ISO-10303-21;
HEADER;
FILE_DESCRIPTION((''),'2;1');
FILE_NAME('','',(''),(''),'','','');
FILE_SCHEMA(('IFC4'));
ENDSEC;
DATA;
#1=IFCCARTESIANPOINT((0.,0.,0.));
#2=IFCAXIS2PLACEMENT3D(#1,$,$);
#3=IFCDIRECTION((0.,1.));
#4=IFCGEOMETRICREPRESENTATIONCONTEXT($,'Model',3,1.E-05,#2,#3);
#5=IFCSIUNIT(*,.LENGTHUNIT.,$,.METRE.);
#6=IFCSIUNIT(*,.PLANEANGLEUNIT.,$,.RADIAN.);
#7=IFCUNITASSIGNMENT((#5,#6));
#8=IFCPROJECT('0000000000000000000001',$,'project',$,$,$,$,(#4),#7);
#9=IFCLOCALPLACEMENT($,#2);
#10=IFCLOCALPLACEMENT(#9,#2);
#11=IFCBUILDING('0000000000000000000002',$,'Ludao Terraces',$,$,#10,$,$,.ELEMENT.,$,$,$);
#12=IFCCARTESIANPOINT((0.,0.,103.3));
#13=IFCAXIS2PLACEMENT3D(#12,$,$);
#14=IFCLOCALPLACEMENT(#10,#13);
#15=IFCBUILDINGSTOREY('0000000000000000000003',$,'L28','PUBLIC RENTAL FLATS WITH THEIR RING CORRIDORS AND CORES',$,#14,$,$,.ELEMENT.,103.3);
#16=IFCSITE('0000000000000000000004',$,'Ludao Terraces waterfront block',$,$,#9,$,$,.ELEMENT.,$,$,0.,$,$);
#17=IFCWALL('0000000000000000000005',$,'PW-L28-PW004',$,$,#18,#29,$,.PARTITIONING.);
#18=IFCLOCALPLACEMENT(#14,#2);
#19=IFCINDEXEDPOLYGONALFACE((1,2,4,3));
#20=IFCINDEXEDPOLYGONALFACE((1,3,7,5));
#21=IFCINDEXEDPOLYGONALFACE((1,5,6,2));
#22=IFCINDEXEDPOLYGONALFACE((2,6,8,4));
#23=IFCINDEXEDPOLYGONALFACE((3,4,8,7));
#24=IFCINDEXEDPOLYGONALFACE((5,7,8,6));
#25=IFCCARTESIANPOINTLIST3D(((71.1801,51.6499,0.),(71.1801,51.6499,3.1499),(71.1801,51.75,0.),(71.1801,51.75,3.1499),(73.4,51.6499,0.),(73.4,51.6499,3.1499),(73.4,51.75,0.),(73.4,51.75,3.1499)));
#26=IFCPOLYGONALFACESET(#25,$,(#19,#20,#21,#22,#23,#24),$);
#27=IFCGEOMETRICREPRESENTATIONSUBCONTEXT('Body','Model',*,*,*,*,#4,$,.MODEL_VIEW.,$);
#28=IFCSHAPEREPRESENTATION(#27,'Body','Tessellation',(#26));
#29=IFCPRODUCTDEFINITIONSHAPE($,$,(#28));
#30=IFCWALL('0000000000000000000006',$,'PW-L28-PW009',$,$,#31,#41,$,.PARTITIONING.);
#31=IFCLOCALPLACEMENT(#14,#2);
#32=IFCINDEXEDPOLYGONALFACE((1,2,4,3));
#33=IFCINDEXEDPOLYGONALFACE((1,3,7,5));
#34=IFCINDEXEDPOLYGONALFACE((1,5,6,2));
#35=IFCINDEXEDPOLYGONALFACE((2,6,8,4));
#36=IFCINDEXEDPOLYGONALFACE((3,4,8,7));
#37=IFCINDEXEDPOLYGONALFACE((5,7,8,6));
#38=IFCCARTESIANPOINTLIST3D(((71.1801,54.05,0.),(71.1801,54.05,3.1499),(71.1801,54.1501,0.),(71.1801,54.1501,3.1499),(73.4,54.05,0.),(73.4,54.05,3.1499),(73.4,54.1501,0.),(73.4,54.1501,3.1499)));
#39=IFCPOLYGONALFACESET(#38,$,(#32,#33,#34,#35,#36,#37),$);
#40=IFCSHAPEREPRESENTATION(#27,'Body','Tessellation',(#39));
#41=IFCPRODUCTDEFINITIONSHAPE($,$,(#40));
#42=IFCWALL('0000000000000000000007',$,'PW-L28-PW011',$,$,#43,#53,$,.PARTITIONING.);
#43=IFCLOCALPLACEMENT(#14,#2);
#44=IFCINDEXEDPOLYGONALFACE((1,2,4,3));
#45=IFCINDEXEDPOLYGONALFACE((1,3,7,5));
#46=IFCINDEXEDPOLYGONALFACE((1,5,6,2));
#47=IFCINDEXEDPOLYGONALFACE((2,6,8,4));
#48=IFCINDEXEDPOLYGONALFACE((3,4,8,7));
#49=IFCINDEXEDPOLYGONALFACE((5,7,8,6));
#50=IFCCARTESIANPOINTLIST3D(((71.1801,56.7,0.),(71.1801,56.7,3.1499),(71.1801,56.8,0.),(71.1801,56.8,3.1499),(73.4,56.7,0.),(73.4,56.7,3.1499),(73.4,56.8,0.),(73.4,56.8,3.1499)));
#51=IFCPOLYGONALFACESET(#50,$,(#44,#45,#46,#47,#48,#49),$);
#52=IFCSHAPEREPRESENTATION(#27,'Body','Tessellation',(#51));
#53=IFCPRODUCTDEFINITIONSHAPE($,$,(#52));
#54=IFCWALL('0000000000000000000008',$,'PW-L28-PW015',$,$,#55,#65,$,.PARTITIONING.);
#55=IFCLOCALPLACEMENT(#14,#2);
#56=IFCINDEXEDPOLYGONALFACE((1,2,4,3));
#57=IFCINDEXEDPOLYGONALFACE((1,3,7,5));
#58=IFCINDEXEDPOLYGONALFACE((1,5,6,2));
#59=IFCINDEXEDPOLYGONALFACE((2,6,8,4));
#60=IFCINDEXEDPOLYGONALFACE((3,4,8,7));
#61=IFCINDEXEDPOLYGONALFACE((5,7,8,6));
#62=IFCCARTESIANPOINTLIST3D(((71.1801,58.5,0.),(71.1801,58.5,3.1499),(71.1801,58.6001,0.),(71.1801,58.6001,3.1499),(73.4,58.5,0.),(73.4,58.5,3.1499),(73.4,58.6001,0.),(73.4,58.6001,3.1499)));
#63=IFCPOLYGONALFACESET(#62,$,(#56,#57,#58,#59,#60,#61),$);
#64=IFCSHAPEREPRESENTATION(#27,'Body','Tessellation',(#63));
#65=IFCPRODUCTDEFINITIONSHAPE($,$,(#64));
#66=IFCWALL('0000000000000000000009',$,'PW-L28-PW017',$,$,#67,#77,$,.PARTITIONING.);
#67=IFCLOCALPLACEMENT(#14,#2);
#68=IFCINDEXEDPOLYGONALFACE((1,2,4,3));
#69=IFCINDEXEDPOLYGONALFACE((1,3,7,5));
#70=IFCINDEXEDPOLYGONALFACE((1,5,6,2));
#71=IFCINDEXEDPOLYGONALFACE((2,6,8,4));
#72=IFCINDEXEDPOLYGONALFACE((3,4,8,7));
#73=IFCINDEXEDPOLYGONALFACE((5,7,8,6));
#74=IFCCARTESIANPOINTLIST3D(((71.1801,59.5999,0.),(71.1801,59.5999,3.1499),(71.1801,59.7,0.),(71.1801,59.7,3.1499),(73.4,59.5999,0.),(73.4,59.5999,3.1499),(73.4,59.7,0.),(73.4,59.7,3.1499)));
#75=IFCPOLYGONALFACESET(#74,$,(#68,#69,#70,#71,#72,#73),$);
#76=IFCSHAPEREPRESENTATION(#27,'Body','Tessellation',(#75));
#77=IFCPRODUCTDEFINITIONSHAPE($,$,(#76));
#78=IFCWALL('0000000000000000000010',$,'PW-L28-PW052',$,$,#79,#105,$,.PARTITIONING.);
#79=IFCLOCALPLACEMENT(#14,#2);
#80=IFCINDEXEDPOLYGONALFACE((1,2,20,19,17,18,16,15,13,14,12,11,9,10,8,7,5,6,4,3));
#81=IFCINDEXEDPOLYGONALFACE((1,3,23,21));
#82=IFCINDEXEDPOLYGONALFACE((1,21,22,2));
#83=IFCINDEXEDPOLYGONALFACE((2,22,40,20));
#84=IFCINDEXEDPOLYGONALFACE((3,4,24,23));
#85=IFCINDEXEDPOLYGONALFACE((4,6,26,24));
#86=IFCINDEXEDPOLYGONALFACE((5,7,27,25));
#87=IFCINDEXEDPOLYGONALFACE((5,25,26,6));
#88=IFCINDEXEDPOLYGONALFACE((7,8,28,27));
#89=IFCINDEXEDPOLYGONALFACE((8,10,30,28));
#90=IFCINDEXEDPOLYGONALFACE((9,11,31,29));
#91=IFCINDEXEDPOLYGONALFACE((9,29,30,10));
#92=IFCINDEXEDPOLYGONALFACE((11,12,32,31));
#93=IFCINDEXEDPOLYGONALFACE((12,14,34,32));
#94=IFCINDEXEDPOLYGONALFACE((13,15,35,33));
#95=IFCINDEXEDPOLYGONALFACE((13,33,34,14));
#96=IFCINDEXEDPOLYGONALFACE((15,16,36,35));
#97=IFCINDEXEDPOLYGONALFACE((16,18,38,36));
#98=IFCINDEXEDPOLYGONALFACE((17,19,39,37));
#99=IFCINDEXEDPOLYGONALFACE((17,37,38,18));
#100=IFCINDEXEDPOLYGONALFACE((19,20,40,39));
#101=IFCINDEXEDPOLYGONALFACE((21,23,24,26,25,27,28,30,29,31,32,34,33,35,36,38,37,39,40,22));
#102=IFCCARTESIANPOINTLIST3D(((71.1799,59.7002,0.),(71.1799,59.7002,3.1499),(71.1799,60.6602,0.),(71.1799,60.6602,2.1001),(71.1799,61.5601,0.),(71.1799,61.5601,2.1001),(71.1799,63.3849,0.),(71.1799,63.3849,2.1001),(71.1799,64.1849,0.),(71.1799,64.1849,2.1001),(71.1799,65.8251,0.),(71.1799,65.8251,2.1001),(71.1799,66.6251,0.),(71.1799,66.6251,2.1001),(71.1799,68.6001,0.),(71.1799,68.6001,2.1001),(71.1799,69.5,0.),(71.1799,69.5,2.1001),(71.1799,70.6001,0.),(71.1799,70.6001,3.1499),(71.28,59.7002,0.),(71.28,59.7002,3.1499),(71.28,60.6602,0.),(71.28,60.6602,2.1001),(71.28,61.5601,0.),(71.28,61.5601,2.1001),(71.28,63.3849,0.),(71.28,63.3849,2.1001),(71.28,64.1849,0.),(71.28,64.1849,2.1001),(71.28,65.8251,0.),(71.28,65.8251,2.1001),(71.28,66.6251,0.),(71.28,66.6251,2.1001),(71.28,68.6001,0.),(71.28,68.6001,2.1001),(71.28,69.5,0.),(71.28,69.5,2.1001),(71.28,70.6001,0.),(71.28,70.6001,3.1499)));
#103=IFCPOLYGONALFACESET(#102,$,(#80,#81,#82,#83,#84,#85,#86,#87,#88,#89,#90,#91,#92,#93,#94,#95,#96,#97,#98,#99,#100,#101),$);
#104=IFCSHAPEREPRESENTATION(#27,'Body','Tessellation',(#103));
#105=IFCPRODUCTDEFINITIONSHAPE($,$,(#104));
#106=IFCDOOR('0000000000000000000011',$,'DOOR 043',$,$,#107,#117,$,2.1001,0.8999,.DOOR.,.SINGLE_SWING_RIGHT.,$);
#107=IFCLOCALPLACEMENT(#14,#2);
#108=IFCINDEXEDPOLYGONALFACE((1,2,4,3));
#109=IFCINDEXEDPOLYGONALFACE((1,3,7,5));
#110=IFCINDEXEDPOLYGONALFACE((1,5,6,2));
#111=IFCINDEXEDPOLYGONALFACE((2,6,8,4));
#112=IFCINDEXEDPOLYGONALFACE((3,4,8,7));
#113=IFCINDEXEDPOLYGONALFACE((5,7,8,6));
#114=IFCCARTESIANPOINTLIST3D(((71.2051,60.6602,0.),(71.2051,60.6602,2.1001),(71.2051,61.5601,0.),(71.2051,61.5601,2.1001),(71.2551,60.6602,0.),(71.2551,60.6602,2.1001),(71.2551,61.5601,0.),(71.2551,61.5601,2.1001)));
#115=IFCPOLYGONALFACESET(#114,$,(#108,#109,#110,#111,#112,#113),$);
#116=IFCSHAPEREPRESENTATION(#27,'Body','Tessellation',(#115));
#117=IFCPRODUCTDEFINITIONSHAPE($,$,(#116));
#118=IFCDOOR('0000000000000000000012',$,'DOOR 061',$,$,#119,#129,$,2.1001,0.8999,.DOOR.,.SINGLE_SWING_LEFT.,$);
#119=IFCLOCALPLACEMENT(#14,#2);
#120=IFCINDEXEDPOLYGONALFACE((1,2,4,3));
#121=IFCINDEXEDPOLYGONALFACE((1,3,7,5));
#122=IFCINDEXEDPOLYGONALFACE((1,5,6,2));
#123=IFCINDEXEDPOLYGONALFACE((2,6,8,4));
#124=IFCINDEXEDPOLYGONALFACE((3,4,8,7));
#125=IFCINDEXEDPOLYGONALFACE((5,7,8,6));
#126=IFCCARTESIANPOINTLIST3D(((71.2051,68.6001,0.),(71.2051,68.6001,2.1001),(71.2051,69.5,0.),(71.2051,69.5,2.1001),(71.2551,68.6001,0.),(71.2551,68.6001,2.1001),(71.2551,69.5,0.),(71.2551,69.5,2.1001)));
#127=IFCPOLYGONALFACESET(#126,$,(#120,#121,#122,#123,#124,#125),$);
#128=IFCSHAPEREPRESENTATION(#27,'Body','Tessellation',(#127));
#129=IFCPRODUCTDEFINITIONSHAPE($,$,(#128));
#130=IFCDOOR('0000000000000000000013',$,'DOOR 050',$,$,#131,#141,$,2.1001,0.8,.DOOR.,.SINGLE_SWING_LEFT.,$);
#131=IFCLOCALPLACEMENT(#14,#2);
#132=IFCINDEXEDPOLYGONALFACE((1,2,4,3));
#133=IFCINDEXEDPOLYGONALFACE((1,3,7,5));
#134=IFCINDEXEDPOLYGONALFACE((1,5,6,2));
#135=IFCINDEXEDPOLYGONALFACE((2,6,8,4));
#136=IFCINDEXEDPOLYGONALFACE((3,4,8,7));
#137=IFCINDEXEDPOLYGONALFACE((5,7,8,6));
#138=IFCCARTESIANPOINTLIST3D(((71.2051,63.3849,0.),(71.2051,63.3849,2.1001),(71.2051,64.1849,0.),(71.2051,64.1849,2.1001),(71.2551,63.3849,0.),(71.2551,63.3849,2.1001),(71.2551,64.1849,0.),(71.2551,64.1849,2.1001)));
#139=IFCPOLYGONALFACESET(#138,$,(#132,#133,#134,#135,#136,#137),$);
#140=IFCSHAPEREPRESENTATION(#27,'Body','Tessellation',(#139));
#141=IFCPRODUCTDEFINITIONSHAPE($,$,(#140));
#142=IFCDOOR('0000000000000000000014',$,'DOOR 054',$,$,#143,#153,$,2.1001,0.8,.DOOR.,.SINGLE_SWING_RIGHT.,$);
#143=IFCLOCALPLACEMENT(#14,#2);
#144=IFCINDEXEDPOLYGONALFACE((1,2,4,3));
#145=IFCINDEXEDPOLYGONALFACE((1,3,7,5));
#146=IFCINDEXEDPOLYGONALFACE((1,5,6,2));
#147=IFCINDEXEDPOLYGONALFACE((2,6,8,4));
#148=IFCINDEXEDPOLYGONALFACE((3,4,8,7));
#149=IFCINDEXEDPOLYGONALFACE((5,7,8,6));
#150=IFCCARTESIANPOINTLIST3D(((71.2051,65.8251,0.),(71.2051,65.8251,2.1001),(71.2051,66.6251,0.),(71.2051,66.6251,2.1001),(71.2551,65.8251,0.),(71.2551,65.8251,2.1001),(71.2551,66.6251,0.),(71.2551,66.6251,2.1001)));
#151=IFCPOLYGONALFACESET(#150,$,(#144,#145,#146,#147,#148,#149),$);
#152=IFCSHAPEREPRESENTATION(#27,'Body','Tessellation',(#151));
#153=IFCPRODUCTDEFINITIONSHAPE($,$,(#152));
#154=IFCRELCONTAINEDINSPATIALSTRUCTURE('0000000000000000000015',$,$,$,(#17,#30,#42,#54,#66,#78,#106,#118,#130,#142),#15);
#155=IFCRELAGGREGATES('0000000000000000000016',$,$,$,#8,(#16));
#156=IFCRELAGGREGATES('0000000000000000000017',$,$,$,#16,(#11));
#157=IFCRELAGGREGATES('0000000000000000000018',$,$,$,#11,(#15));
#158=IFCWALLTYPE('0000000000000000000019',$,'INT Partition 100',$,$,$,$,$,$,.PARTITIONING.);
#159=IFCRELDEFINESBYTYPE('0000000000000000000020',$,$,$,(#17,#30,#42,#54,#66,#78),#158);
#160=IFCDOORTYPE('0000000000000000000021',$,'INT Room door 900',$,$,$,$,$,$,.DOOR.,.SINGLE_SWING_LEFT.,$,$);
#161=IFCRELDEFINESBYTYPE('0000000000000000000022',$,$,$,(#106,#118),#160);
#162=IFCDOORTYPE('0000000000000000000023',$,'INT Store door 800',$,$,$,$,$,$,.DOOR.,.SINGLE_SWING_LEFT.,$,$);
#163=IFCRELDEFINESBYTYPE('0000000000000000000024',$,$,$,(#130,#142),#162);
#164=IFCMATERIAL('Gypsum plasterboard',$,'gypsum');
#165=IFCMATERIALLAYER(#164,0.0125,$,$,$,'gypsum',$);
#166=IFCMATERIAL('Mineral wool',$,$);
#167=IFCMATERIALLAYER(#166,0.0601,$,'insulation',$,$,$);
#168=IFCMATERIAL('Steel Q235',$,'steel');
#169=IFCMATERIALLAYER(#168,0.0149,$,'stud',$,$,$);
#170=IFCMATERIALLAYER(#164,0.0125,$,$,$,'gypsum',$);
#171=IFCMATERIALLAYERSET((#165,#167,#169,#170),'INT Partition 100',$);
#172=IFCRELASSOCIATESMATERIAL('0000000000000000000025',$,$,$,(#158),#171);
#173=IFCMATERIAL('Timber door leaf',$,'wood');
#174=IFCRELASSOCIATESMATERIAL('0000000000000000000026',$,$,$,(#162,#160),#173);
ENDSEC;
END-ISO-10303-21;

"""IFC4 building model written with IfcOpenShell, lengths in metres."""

from ifc_helpers import new_model, si_unit, direction, frame, frame_2d, origin, place, context, subcontext, project, spatial, rectangle, extrude, material, layer, layer_set, type_object, element, fill, save


model = new_model("IFC4")

# Units and contexts
model_context = context("Model", 3, precision=1e-05, world=origin(), true_north=direction((0.0, 1.0)))
body_context = subcontext(model_context, "Body", "Model", "MODEL_VIEW")
ifc_project = project(units=[si_unit("LENGTHUNIT", "METRE"), si_unit("PLANEANGLEUNIT", "RADIAN")], contexts=[model_context])

# Site, building, storey
site_placement = place(None, origin())
site = spatial("IfcSite", under=ifc_project, at=site_placement, Name="Ludao Terraces waterfront block", CompositionType="ELEMENT", RefElevation=0.0)
building_placement = place(site_placement, origin())
building = spatial("IfcBuilding", under=site, at=building_placement, Name="Ludao Terraces", CompositionType="ELEMENT")
storey_placement = place(building_placement, frame((0.0, 0.0, 103.3)))
storey = spatial("IfcBuildingStorey", under=building, at=storey_placement, Name="L28", Description="PUBLIC RENTAL FLATS WITH THEIR RING CORRIDORS AND CORES", CompositionType="ELEMENT", Elevation=103.3)

# Shared definitions
ifc_material_1 = material(Name="Steel Q235", Category="steel")
ifc_material_2 = material(Name="Gypsum plasterboard", Category="gypsum")
ifc_layer_1 = layer(ifc_material_2, 0.0125, Category="gypsum")
ifc_material_3 = material(Name="Mineral wool")
ifc_layer_2 = layer(ifc_material_3, 0.0601, Name="insulation")
ifc_layer_3 = layer(ifc_material_1, 0.0149, Name="stud")
ifc_layer_4 = layer(ifc_material_2, 0.0125, Category="gypsum")
ifc_layer_set_1 = layer_set([ifc_layer_1, ifc_layer_2, ifc_layer_3, ifc_layer_4], Name="INT Partition 100")
wall_type_1 = type_object("IfcWallType", Name="INT Partition 100", PredefinedType="PARTITIONING", material=ifc_layer_set_1)
ifc_material_4 = material(Name="Timber door leaf", Category="wood")
door_type_1 = type_object("IfcDoorType", Name="INT Store door 800", OperationType="SINGLE_SWING_LEFT", PredefinedType="DOOR", material=ifc_material_4)

# Walls
for number, where, z_axis, x_axis, name in (
    (1, (71.1802, 51.7, 0.0), (0.0, 0.0, 1.0), (1.0, 0.0, 0.0), "PW-L28-PW004"),
    (2, (71.1802, 54.1001, 0.0), (0.0, 0.0, 1.0), (1.0, 0.0, 0.0), "PW-L28-PW009"),
    (3, (71.1802, 56.75, 0.0), (0.0, 0.0, 1.0), (1.0, 0.0, 0.0), "PW-L28-PW011"),
    (4, (71.1802, 58.55, 0.0), (0.0, 0.0, 1.0), (1.0, 0.0, 0.0), "PW-L28-PW015"),
    (5, (71.1802, 59.6499, 0.0), (0.0, 0.0, 1.0), (1.0, 0.0, 0.0), "PW-L28-PW017"),
):
    element("IfcWall", number, at=place(storey_placement, frame(where, z_axis=z_axis, x_axis=x_axis)), inside=storey, type_object=wall_type_1, Name=name, PredefinedType="PARTITIONING", context=body_context, shape_type="SweptSolid", body=[
        extrude(rectangle(XDim=2.22, YDim=0.1001, at=frame_2d((1.1099, 0.0))), origin(), (0.0, 0.0, 1.0), 3.1499),
    ])

# Wall, openings, doors
wall_1_placement = place(storey_placement, frame((71.23, 59.7002, 0.0), z_axis=(0.0, 0.0, 1.0), x_axis=(0.0, 1.0, 0.0)))
wall_1 = element("IfcWall", 6, at=wall_1_placement, inside=storey, type_object=wall_type_1, Name="PW-L28-PW052", PredefinedType="PARTITIONING", context=body_context, shape_type="SweptSolid", body=[
    extrude(rectangle(XDim=10.8999, YDim=0.1001, at=frame_2d((5.45, 0.0))), origin(), (0.0, 0.0, 1.0), 3.1499),
])
opening_1_placement = place(wall_1_placement, frame((0.96, 0.0, 0.0)))
opening_1 = element("IfcOpeningElement", 7, at=opening_1_placement, cuts=wall_1, PredefinedType="OPENING", context=body_context, shape_type="SweptSolid", body=[
    extrude(rectangle(XDim=0.8999, YDim=2.1001, at=frame_2d((0.45, 1.05))), frame((0.0, 0.0601, 0.0), z_axis=(0.0, -1.0, 0.0), x_axis=(1.0, 0.0, 0.0)), (0.0, 0.0, 1.0), 0.1201),
])
opening_2_placement = place(wall_1_placement, frame((3.6848, 0.0, 0.0)))
opening_2 = element("IfcOpeningElement", 8, at=opening_2_placement, cuts=wall_1, PredefinedType="OPENING", context=body_context, shape_type="SweptSolid", body=[
    extrude(rectangle(XDim=0.8, YDim=2.1001, at=frame_2d((0.3999, 1.05))), frame((0.0, 0.0601, 0.0), z_axis=(0.0, -1.0, 0.0), x_axis=(1.0, 0.0, 0.0)), (0.0, 0.0, 1.0), 0.1201),
])
opening_3_placement = place(wall_1_placement, frame((6.125, 0.0, 0.0)))
opening_3 = element("IfcOpeningElement", 9, at=opening_3_placement, cuts=wall_1, PredefinedType="OPENING", context=body_context, shape_type="SweptSolid", body=[
    extrude(rectangle(XDim=0.8, YDim=2.1001, at=frame_2d((0.3999, 1.05))), frame((0.0, 0.0601, 0.0), z_axis=(0.0, -1.0, 0.0), x_axis=(1.0, 0.0, 0.0)), (0.0, 0.0, 1.0), 0.1201),
])
opening_4_placement = place(wall_1_placement, frame((8.8999, 0.0, 0.0)))
opening_4 = element("IfcOpeningElement", 10, at=opening_4_placement, cuts=wall_1, PredefinedType="OPENING", context=body_context, shape_type="SweptSolid", body=[
    extrude(rectangle(XDim=0.8999, YDim=2.1001, at=frame_2d((0.45, 1.05))), frame((0.0, 0.0601, 0.0), z_axis=(0.0, -1.0, 0.0), x_axis=(1.0, 0.0, 0.0)), (0.0, 0.0, 1.0), 0.1201),
])
door_type_2 = type_object("IfcDoorType", Name="INT Room door 900", OperationType="SINGLE_SWING_LEFT", PredefinedType="DOOR", material=ifc_material_4)
door_1_placement = place(opening_1_placement, origin())
door_1 = element("IfcDoor", 11, at=door_1_placement, inside=storey, type_object=door_type_2, Name="DOOR 043", OperationType="SINGLE_SWING_RIGHT", OverallHeight=2.1001, OverallWidth=0.8999, PredefinedType="DOOR", context=body_context, shape_type="SweptSolid", body=[
    extrude(rectangle(XDim=0.8999, YDim=2.1001, at=frame_2d((0.45, 1.05))), frame((0.0, 0.0249, 0.0), z_axis=(0.0, -1.0, 0.0), x_axis=(1.0, 0.0, 0.0)), (0.0, 0.0, 1.0), 0.05),
])
fill(opening_1, door_1)
door_2_placement = place(opening_4_placement, origin())
door_2 = element("IfcDoor", 12, at=door_2_placement, inside=storey, type_object=door_type_2, Name="DOOR 061", OperationType="SINGLE_SWING_LEFT", OverallHeight=2.1001, OverallWidth=0.8999, PredefinedType="DOOR", context=body_context, shape_type="SweptSolid", body=[
    extrude(rectangle(XDim=0.8999, YDim=2.1001, at=frame_2d((0.45, 1.05))), frame((0.0, 0.0249, 0.0), z_axis=(0.0, -1.0, 0.0), x_axis=(1.0, 0.0, 0.0)), (0.0, 0.0, 1.0), 0.05),
])
fill(opening_4, door_2)
door_3_placement = place(opening_2_placement, origin())
door_3 = element("IfcDoor", 13, at=door_3_placement, inside=storey, type_object=door_type_1, Name="DOOR 050", OperationType="SINGLE_SWING_LEFT", OverallHeight=2.1001, OverallWidth=0.8, PredefinedType="DOOR", context=body_context, shape_type="SweptSolid", body=[
    extrude(rectangle(XDim=0.8, YDim=2.1001, at=frame_2d((0.3999, 1.05))), frame((0.0, 0.0249, 0.0), z_axis=(0.0, -1.0, 0.0), x_axis=(1.0, 0.0, 0.0)), (0.0, 0.0, 1.0), 0.05),
])
fill(opening_2, door_3)
door_4_placement = place(opening_3_placement, origin())
door_4 = element("IfcDoor", 14, at=door_4_placement, inside=storey, type_object=door_type_1, Name="DOOR 054", OperationType="SINGLE_SWING_RIGHT", OverallHeight=2.1001, OverallWidth=0.8, PredefinedType="DOOR", context=body_context, shape_type="SweptSolid", body=[
    extrude(rectangle(XDim=0.8, YDim=2.1001, at=frame_2d((0.3999, 1.05))), frame((0.0, 0.0249, 0.0), z_axis=(0.0, -1.0, 0.0), x_axis=(1.0, 0.0, 0.0)), (0.0, 0.0, 1.0), 0.05),
])
fill(opening_3, door_4)

save(model, "model.ifc")
